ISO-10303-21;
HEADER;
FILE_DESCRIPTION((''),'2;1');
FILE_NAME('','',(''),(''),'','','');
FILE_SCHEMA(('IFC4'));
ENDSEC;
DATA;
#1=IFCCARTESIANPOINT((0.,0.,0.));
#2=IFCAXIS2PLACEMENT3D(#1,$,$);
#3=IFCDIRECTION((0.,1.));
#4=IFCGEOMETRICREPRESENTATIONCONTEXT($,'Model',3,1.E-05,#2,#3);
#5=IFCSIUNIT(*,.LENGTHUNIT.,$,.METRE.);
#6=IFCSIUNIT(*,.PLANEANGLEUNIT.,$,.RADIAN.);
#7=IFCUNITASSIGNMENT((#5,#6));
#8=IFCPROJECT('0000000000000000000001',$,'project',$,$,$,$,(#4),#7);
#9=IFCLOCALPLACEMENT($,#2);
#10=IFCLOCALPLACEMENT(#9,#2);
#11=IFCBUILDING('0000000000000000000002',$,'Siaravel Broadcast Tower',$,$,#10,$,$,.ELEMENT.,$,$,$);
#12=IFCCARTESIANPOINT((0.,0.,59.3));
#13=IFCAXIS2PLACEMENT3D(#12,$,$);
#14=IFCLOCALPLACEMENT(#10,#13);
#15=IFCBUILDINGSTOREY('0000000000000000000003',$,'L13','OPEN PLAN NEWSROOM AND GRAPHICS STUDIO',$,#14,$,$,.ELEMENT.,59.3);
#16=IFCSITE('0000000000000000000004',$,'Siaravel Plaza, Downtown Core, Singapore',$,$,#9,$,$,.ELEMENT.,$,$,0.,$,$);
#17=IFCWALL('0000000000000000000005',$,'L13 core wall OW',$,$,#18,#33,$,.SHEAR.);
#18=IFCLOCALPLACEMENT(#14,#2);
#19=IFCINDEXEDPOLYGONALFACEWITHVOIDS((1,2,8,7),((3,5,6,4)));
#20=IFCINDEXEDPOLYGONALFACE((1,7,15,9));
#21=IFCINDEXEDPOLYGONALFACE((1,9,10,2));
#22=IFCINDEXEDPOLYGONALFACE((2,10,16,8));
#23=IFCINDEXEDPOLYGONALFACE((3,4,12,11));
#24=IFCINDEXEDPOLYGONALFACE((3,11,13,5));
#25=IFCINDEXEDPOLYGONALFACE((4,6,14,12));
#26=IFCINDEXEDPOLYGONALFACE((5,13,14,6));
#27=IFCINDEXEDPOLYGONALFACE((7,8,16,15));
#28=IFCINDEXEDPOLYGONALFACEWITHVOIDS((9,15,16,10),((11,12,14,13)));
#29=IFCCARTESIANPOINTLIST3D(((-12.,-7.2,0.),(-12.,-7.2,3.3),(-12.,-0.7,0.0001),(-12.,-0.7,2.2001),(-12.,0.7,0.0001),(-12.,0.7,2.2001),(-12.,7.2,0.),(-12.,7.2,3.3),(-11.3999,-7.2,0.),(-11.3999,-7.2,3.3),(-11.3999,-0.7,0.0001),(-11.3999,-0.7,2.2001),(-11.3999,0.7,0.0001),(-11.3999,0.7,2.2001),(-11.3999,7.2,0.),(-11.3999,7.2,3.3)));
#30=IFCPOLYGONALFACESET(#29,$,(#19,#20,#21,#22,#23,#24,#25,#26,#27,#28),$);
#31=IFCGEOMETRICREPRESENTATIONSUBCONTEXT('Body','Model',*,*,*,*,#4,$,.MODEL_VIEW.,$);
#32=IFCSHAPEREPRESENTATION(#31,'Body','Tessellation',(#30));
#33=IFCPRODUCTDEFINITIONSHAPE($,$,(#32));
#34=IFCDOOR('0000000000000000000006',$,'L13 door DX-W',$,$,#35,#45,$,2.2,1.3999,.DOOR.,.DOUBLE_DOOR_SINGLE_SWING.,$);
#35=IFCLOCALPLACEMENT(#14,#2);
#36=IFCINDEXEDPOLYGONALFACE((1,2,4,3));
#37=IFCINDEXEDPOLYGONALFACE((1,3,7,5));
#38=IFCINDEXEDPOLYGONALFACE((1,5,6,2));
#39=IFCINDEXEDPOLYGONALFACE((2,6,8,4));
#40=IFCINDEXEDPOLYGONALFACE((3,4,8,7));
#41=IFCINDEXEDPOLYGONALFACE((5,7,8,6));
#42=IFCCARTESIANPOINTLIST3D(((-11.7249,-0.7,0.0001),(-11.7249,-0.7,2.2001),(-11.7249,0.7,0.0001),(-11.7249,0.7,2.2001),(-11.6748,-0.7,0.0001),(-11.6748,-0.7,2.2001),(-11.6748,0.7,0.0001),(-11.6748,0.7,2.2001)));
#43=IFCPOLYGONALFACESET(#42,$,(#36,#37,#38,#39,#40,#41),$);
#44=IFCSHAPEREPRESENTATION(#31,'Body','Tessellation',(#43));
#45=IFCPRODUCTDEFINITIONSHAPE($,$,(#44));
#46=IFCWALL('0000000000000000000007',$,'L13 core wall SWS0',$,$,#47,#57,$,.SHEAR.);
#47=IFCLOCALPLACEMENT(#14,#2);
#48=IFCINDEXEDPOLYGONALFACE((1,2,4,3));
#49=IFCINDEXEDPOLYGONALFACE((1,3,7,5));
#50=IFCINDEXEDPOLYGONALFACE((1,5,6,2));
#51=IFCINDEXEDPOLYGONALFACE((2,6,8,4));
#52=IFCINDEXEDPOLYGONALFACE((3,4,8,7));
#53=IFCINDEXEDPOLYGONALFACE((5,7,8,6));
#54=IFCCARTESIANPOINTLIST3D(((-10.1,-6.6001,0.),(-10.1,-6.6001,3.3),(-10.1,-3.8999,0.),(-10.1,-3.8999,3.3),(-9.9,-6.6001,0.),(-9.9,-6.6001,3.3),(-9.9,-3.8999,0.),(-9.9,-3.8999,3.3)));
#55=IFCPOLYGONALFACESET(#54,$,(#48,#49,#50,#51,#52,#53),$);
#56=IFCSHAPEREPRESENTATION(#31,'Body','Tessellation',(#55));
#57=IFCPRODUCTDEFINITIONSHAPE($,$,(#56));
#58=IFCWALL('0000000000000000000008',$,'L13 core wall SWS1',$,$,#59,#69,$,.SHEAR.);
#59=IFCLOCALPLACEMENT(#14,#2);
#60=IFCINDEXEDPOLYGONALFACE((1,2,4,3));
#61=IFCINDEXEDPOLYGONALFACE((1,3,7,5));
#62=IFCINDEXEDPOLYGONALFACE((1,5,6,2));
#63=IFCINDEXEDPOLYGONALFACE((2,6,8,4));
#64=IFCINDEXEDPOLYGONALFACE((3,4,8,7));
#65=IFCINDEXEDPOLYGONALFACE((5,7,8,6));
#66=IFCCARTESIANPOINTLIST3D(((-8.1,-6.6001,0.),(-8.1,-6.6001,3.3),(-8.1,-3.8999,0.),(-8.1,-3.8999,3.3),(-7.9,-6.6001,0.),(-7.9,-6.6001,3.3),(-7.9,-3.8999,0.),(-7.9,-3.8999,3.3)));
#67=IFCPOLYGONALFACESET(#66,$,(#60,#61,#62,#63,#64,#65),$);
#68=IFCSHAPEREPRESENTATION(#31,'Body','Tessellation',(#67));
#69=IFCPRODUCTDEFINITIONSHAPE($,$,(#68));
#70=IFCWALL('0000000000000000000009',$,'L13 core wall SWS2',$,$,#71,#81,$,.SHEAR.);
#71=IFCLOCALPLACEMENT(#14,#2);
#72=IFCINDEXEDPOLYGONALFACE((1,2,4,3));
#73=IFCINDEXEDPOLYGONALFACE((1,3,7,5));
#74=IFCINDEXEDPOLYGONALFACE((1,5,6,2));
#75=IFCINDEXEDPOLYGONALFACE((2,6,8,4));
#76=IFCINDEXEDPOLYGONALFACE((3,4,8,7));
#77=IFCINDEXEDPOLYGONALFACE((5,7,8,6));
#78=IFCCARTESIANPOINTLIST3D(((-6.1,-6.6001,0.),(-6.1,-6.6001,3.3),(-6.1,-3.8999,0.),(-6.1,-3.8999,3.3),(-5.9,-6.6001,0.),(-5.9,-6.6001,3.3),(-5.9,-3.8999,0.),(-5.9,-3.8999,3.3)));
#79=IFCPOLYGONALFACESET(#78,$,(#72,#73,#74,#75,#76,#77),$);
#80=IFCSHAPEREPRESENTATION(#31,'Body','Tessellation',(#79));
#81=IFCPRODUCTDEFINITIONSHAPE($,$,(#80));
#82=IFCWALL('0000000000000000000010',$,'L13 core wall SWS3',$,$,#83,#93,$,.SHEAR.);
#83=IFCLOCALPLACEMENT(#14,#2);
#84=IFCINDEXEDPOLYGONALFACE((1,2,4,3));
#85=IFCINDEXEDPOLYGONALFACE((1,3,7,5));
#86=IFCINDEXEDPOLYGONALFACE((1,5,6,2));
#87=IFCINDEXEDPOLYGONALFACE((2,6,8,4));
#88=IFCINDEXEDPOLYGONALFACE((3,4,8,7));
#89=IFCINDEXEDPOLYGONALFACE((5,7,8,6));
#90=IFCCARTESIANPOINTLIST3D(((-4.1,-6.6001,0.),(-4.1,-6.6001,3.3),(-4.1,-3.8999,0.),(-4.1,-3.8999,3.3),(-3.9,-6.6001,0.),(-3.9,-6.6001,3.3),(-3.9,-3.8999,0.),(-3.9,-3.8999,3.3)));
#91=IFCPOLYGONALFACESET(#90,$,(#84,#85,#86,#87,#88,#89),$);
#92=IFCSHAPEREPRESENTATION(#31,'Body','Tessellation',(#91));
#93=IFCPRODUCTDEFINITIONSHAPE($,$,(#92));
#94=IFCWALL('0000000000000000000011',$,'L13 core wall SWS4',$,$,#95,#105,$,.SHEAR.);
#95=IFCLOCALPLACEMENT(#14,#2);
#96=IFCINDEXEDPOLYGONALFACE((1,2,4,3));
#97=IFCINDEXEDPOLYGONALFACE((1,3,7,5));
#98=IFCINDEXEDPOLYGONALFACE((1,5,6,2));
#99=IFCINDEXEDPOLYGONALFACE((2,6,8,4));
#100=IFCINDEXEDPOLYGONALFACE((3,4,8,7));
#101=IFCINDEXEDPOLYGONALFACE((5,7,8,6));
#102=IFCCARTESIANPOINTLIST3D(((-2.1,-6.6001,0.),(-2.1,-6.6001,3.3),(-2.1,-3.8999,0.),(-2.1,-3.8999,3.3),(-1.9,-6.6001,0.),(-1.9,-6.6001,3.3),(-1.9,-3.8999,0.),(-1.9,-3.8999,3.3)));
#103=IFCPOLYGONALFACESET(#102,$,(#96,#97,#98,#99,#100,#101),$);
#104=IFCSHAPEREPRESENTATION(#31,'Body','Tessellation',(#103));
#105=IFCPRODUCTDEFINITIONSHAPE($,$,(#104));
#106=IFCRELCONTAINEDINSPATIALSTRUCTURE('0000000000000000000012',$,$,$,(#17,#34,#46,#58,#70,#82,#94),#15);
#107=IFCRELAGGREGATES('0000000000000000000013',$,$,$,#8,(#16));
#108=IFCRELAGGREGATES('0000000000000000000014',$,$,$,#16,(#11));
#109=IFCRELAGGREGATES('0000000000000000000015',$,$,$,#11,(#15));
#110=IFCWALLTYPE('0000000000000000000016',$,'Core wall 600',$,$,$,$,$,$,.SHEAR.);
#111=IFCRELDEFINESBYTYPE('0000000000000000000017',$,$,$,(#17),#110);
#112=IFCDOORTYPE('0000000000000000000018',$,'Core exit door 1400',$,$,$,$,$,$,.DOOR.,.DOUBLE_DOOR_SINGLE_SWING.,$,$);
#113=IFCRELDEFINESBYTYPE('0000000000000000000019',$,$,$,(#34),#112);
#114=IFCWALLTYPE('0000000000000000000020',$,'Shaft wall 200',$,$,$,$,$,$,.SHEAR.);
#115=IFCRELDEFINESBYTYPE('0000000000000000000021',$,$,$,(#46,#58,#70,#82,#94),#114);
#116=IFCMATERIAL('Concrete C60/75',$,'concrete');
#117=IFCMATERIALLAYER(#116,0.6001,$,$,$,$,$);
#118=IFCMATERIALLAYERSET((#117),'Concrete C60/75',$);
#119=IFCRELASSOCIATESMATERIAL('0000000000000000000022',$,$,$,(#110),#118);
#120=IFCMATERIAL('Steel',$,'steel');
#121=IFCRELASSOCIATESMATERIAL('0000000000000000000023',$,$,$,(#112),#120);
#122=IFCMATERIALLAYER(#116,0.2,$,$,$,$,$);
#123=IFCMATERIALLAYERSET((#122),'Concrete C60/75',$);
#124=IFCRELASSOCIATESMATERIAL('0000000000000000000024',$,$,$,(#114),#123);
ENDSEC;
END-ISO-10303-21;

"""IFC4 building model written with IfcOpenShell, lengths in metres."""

from ifc_helpers import new_model, si_unit, direction, frame, frame_2d, origin, place, context, subcontext, project, spatial, rectangle, extrude, material, layer, layer_set, type_object, element, fill, save


model = new_model("IFC4")

# Units and contexts
model_context = context("Model", 3, precision=1e-05, world=origin(), true_north=direction((0.0, 1.0)))
body_context = subcontext(model_context, "Body", "Model", "MODEL_VIEW")
ifc_project = project(units=[si_unit("LENGTHUNIT", "METRE"), si_unit("PLANEANGLEUNIT", "RADIAN")], contexts=[model_context])

# Site, building, storey
site_placement = place(None, origin())
site = spatial("IfcSite", under=ifc_project, at=site_placement, Name="Siaravel Plaza, Downtown Core, Singapore", CompositionType="ELEMENT", RefElevation=0.0)
building_placement = place(site_placement, origin())
building = spatial("IfcBuilding", under=site, at=building_placement, Name="Siaravel Broadcast Tower", CompositionType="ELEMENT")
storey_placement = place(building_placement, frame((0.0, 0.0, 59.3)))
storey = spatial("IfcBuildingStorey", under=building, at=storey_placement, Name="L13", Description="OPEN PLAN NEWSROOM AND GRAPHICS STUDIO", CompositionType="ELEMENT", Elevation=59.3)

# Wall, opening, door
ifc_material_1 = material(Name="Concrete C60/75", Category="concrete")
ifc_layer_1 = layer(ifc_material_1, 0.6001)
ifc_layer_set_1 = layer_set([ifc_layer_1], Name="Concrete C60/75")
wall_type_1 = type_object("IfcWallType", Name="Core wall 600", PredefinedType="SHEAR", material=ifc_layer_set_1)
wall_1_placement = place(storey_placement, frame((-11.7, -7.2, 0.0), z_axis=(0.0, 0.0, 1.0), x_axis=(0.0, 1.0, 0.0)))
wall_1 = element("IfcWall", 1, at=wall_1_placement, inside=storey, type_object=wall_type_1, Name="L13 core wall OW", PredefinedType="SHEAR", context=body_context, shape_type="SweptSolid", body=[
    extrude(rectangle(XDim=14.3999, YDim=0.6001, at=frame_2d((7.2, 0.0))), origin(), (0.0, 0.0, 1.0), 3.3),
])
opening_1_placement = place(wall_1_placement, frame((6.5, 0.0, 0.0)))
opening_1 = element("IfcOpeningElement", 2, at=opening_1_placement, cuts=wall_1, PredefinedType="OPENING", context=body_context, shape_type="SweptSolid", body=[
    extrude(rectangle(XDim=1.3999, YDim=2.2, at=frame_2d((0.7, 1.1001))), frame((0.0, 0.3101, 0.0), z_axis=(0.0, -1.0, 0.0), x_axis=(1.0, 0.0, 0.0)), (0.0, 0.0, 1.0), 0.6201),
])
ifc_material_2 = material(Name="Steel", Category="steel")
door_type_1 = type_object("IfcDoorType", Name="Core exit door 1400", OperationType="DOUBLE_DOOR_SINGLE_SWING", PredefinedType="DOOR", material=ifc_material_2)
door_1_placement = place(opening_1_placement, origin())
door_1 = element("IfcDoor", 3, at=door_1_placement, inside=storey, type_object=door_type_1, Name="L13 door DX-W", OperationType="DOUBLE_DOOR_SINGLE_SWING", OverallHeight=2.2, OverallWidth=1.3999, PredefinedType="DOOR", context=body_context, shape_type="SweptSolid", body=[
    extrude(rectangle(XDim=1.3999, YDim=2.2, at=frame_2d((0.7, 1.1001))), frame((0.0, 0.0249, 0.0), z_axis=(0.0, -1.0, 0.0), x_axis=(1.0, 0.0, 0.0)), (0.0, 0.0, 1.0), 0.05),
])
fill(opening_1, door_1)

# Walls
ifc_layer_2 = layer(ifc_material_1, 0.2)
ifc_layer_set_2 = layer_set([ifc_layer_2], Name="Concrete C60/75")
wall_type_2 = type_object("IfcWallType", Name="Shaft wall 200", PredefinedType="SHEAR", material=ifc_layer_set_2)
for number, where, z_axis, x_axis, name in (
    (4, (-10.0, -6.6001, 0.0), (0.0, 0.0, 1.0), (0.0, 1.0, 0.0), "L13 core wall SWS0"),
    (5, (-8.0, -6.6001, 0.0), (0.0, 0.0, 1.0), (0.0, 1.0, 0.0), "L13 core wall SWS1"),
    (6, (-6.0, -6.6001, 0.0), (0.0, 0.0, 1.0), (0.0, 1.0, 0.0), "L13 core wall SWS2"),
    (7, (-4.0, -6.6001, 0.0), (0.0, 0.0, 1.0), (0.0, 1.0, 0.0), "L13 core wall SWS3"),
    (8, (-2.0, -6.6001, 0.0), (0.0, 0.0, 1.0), (0.0, 1.0, 0.0), "L13 core wall SWS4"),
):
    element("IfcWall", number, at=place(storey_placement, frame(where, z_axis=z_axis, x_axis=x_axis)), inside=storey, type_object=wall_type_2, Name=name, PredefinedType="SHEAR", context=body_context, shape_type="SweptSolid", body=[
        extrude(rectangle(XDim=2.7002, YDim=0.2, at=frame_2d((1.3501, 0.0))), origin(), (0.0, 0.0, 1.0), 3.3),
    ])

save(model, "model.ifc")
